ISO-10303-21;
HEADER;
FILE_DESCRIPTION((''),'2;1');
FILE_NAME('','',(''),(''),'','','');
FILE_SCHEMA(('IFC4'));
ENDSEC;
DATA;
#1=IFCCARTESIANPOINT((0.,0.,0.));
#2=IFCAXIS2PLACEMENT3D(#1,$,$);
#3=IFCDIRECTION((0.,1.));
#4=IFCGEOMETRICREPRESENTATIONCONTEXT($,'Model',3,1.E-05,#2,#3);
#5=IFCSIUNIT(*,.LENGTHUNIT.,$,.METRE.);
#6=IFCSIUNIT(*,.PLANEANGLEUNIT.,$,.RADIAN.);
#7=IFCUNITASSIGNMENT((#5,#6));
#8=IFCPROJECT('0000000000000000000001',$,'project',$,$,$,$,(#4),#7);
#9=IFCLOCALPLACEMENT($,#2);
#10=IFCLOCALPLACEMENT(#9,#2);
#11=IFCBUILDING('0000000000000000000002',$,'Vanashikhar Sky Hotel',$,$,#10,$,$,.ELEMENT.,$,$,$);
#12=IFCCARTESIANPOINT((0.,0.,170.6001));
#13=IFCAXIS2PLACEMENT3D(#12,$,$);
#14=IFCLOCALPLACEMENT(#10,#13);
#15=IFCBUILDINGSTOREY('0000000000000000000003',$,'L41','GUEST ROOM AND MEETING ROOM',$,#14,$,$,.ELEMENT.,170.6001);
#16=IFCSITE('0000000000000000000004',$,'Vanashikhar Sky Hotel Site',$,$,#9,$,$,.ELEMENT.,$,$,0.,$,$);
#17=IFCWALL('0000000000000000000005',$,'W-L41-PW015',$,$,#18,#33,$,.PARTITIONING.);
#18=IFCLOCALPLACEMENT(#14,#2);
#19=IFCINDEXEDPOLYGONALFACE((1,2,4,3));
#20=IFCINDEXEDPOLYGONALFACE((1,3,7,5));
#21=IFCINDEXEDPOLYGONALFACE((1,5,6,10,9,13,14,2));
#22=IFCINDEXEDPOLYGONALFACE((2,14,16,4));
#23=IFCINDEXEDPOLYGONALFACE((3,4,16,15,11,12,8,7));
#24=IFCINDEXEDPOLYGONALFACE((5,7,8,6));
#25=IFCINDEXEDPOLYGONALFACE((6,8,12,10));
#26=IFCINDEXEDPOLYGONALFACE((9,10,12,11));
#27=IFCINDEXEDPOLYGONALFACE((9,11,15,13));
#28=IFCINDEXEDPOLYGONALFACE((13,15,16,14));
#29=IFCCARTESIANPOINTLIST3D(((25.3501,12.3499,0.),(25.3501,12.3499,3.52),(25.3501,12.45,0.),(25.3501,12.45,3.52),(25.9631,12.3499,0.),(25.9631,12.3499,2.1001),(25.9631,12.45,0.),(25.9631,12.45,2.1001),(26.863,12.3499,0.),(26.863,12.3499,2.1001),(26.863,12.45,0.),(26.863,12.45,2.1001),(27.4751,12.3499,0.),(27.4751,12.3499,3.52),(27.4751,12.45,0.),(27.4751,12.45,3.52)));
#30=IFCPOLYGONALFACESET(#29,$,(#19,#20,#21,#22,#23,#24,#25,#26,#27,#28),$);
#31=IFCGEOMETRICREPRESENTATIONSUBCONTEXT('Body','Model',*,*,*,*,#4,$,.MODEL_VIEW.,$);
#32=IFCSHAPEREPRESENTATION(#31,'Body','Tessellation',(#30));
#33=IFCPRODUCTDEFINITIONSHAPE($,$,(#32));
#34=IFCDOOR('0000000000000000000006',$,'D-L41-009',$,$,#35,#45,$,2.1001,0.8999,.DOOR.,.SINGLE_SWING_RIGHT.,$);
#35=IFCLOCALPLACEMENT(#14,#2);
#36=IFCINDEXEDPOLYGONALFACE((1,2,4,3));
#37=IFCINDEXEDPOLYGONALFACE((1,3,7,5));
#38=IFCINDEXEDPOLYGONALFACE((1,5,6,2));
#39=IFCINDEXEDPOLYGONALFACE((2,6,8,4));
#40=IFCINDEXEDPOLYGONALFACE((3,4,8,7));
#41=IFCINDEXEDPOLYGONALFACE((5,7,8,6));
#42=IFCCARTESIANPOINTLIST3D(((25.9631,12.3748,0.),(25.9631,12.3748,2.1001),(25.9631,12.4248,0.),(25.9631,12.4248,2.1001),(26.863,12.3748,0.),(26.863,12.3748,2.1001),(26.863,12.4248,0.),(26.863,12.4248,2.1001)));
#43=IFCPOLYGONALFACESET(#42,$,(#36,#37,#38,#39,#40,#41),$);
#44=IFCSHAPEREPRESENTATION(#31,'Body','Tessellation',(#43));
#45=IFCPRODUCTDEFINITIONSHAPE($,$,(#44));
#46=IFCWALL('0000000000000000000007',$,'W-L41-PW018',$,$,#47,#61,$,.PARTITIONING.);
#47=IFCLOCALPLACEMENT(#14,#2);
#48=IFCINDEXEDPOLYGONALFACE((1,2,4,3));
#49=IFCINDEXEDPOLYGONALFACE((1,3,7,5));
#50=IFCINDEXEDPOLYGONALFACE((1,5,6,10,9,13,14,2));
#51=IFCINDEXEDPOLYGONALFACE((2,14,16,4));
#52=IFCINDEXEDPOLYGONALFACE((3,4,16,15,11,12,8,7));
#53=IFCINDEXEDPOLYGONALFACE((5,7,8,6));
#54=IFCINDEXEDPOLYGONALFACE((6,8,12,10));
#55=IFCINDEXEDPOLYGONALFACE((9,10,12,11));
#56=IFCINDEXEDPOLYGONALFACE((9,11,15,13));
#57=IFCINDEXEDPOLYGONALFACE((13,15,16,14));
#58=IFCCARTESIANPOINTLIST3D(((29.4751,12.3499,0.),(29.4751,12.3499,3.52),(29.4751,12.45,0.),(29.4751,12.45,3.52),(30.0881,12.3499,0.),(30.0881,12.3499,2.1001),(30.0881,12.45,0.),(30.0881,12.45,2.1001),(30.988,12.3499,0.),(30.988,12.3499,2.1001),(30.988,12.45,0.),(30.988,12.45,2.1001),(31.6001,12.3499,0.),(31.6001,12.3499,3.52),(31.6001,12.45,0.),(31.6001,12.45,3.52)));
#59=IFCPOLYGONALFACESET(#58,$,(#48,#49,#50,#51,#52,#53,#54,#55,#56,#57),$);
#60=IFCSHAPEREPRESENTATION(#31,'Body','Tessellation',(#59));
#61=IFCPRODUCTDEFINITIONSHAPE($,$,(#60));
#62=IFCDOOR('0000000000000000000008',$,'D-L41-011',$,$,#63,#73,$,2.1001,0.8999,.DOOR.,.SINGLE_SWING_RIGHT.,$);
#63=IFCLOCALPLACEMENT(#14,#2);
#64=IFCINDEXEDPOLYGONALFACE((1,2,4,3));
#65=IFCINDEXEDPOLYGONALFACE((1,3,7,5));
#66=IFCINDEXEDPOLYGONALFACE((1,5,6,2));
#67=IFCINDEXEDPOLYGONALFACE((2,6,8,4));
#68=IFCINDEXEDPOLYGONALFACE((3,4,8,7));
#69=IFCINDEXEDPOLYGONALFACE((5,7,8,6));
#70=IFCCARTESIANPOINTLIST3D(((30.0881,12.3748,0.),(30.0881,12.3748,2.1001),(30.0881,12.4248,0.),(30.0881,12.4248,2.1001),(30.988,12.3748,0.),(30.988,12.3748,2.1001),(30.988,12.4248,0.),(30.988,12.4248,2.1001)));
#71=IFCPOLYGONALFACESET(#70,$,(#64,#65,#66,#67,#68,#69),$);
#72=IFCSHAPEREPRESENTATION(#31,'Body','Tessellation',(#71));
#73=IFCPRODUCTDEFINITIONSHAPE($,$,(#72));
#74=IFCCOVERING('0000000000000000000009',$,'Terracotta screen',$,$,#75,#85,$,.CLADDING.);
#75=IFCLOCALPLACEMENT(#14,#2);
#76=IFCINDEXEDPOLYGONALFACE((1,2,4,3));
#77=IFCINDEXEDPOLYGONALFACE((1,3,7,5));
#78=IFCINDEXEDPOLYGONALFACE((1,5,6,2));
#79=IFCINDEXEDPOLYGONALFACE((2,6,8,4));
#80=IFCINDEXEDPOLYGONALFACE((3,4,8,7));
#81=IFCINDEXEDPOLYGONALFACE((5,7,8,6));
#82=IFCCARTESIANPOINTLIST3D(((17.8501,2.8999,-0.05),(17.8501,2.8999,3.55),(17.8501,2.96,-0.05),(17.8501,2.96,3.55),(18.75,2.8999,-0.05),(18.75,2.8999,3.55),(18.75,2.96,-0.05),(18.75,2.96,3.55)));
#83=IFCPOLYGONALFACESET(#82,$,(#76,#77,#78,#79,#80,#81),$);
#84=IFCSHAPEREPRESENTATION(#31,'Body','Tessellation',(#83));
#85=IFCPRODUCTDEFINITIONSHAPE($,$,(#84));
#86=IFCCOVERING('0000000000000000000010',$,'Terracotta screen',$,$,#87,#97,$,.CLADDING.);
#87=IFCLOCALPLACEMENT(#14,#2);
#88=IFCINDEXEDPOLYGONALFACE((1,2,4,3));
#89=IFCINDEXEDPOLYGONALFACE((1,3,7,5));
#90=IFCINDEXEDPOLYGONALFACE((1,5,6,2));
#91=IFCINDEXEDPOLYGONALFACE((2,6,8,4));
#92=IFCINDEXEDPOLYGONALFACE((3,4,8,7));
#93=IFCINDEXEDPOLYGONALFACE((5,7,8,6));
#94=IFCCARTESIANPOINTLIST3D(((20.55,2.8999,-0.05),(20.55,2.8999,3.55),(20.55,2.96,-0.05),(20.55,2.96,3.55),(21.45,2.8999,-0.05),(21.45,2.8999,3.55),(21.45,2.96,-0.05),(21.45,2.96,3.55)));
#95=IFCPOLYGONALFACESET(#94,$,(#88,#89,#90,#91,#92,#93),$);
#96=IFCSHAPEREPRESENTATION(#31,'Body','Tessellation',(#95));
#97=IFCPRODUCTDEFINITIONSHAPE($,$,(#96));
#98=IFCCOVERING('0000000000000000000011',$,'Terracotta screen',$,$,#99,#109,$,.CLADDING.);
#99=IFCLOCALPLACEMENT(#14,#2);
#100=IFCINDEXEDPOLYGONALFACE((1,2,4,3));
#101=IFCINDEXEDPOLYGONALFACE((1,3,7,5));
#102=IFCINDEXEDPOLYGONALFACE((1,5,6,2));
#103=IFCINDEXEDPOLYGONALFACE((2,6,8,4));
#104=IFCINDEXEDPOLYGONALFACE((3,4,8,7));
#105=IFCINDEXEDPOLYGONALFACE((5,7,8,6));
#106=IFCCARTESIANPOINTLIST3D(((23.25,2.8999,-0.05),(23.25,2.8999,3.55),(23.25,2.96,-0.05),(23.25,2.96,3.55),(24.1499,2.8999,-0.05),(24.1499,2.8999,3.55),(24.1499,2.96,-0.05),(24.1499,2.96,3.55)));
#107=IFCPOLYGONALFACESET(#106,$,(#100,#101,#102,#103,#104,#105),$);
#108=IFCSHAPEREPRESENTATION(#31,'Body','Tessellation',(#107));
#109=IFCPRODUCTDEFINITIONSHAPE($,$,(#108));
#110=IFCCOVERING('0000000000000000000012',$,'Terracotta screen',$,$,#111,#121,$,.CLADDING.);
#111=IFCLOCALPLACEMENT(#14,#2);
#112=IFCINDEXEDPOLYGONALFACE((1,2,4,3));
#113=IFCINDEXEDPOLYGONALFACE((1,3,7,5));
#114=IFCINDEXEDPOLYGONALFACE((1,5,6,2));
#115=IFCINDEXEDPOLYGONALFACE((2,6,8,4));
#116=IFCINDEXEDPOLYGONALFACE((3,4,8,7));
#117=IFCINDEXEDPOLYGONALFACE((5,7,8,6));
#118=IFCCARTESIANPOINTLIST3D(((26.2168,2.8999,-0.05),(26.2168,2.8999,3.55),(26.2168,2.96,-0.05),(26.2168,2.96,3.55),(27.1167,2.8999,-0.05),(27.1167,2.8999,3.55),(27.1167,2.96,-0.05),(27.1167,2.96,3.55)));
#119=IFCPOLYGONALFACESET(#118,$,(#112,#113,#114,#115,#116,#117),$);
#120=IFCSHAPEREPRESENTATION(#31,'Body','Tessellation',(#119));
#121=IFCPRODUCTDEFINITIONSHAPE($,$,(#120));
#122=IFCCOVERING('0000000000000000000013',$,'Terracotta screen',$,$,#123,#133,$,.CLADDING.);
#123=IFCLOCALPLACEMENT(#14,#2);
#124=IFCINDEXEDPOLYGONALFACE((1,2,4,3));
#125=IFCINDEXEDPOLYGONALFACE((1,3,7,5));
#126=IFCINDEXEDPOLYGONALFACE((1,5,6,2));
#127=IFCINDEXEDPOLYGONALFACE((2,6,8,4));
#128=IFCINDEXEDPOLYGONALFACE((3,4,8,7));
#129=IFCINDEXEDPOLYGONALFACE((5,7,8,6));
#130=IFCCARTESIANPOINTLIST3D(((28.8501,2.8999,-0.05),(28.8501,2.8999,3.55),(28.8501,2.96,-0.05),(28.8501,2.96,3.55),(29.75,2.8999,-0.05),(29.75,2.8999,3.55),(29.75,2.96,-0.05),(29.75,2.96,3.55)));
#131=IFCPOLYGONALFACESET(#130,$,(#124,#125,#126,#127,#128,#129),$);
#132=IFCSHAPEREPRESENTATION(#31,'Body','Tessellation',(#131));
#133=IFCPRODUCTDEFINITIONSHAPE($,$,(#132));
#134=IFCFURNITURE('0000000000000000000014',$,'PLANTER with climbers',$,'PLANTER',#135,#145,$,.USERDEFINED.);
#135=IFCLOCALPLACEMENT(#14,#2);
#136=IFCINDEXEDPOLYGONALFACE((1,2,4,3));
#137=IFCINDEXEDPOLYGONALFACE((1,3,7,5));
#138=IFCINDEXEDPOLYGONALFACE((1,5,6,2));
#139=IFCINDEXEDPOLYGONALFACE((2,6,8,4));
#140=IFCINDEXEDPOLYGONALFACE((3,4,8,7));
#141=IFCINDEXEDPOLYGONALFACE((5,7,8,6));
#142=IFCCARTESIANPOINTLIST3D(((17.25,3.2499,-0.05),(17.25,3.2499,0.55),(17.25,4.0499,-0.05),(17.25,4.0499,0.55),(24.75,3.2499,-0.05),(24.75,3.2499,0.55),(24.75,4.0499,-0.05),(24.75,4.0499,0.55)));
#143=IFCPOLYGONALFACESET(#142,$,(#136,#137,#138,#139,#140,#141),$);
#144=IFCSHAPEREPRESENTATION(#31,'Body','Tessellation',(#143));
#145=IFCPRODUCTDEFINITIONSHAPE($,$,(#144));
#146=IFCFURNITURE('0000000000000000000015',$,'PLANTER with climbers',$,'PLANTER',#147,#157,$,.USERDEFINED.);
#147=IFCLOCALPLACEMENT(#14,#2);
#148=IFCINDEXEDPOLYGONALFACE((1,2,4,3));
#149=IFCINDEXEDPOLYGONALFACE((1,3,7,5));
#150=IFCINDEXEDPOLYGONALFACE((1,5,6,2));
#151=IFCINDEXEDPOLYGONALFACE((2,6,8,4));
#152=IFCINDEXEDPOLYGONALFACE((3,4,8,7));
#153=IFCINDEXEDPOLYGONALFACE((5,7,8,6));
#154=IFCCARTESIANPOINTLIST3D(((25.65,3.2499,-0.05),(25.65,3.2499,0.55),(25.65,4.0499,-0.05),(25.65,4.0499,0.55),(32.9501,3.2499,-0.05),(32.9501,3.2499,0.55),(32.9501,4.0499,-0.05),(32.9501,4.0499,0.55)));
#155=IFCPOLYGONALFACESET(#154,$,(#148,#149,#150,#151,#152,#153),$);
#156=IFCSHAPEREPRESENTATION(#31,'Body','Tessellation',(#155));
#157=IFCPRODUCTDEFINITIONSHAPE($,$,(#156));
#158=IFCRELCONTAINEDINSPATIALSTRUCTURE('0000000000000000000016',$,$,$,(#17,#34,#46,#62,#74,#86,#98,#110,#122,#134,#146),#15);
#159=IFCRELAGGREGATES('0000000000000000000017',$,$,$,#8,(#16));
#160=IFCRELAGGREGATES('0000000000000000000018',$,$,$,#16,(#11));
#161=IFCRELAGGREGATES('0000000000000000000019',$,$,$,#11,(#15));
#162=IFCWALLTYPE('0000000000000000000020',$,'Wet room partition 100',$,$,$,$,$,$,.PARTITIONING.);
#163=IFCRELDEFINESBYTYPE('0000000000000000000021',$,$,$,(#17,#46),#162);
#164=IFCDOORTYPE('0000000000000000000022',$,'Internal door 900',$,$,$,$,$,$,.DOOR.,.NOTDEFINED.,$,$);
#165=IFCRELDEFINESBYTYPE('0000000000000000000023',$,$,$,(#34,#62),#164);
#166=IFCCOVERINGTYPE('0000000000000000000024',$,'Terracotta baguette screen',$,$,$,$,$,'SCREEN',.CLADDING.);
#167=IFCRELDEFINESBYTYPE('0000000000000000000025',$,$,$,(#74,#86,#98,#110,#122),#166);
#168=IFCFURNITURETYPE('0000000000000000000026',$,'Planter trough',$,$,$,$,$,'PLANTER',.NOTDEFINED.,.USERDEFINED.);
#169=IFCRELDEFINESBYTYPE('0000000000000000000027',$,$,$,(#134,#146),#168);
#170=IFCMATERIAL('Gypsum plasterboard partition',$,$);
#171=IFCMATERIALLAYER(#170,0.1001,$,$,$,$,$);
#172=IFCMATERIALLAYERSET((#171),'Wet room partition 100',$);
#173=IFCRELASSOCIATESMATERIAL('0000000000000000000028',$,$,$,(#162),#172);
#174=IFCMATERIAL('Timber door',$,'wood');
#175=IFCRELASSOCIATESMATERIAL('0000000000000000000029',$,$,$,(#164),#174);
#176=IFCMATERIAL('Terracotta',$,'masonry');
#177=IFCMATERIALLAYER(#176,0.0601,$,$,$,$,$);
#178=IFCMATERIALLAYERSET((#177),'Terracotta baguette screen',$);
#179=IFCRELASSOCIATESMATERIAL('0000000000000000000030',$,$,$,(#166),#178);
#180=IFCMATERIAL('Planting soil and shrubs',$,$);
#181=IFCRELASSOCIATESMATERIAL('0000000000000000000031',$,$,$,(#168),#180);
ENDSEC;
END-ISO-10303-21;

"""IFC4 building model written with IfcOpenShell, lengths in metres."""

from ifc_helpers import new_model, si_unit, direction, frame, frame_2d, origin, origin_2d, place, context, subcontext, project, spatial, rectangle, extrude, source, transform, mapped, material, layer, layer_set, type_object, element, fill, save


model = new_model("IFC4")

# Units and contexts
model_context = context("Model", 3, precision=1e-05, world=origin(), true_north=direction((0.0, 1.0)))
body_context = subcontext(model_context, "Body", "Model", "MODEL_VIEW")
ifc_project = project(units=[si_unit("LENGTHUNIT", "METRE"), si_unit("PLANEANGLEUNIT", "RADIAN")], contexts=[model_context])

# Site, building, storey
site_placement = place(None, origin())
site = spatial("IfcSite", under=ifc_project, at=site_placement, Name="Vanashikhar Sky Hotel Site", CompositionType="ELEMENT", RefElevation=0.0)
building_placement = place(site_placement, origin())
building = spatial("IfcBuilding", under=site, at=building_placement, Name="Vanashikhar Sky Hotel", CompositionType="ELEMENT")
storey_placement = place(building_placement, frame((0.0, 0.0, 170.6001)))
storey = spatial("IfcBuildingStorey", under=building, at=storey_placement, Name="L41", Description="GUEST ROOM AND MEETING ROOM", CompositionType="ELEMENT", Elevation=170.6001)

# Shared definitions
ifc_material_1 = material(Name="Gypsum plasterboard partition")
ifc_layer_1 = layer(ifc_material_1, 0.1001)
ifc_layer_set_1 = layer_set([ifc_layer_1], Name="Wet room partition 100")
wall_type_1 = type_object("IfcWallType", Name="Wet room partition 100", PredefinedType="PARTITIONING", material=ifc_layer_set_1)

# Shared definitions
shared_shape_1 = source(origin(), body_context, "Body", "SweptSolid", [
    extrude(rectangle(XDim=0.8999, YDim=2.1001, at=frame_2d((0.45, 1.05))), frame((0.0, 0.0601, 0.0), z_axis=(0.0, -1.0, 0.0), x_axis=(1.0, 0.0, 0.0)), (0.0, 0.0, 1.0), 0.1201),
])
ifc_material_2 = material(Name="Timber door", Category="wood")
door_type_1 = type_object("IfcDoorType", Name="Internal door 900", OperationType="NOTDEFINED", PredefinedType="DOOR", material=ifc_material_2)
shared_shape_2 = source(origin(), body_context, "Body", "SweptSolid", [
    extrude(rectangle(XDim=0.8999, YDim=2.1001, at=frame_2d((0.45, 1.05))), frame((0.0, 0.0249, 0.0), z_axis=(0.0, -1.0, 0.0), x_axis=(1.0, 0.0, 0.0)), (0.0, 0.0, 1.0), 0.05),
])

# Walls, openings, doors
shared_shape_3 = source(origin(), body_context, "Body", "SweptSolid", [
    extrude(rectangle(XDim=2.125, YDim=0.1001, at=frame_2d((1.0625, 0.0))), origin(), (0.0, 0.0, 1.0), 3.52),
])
wall_1_placement = place(storey_placement, frame((25.3501, 12.3999, 0.0), z_axis=(0.0, 0.0, 1.0), x_axis=(1.0, 0.0, 0.0)))
wall_1 = element("IfcWall", 1, at=wall_1_placement, inside=storey, type_object=wall_type_1, Name="W-L41-PW015", PredefinedType="PARTITIONING", context=body_context, shape_type="MappedRepresentation", body=[
    mapped(shared_shape_3, transform((0.0, 0.0, 0.0), scale=1.0)),
])
opening_1_placement = place(wall_1_placement, frame((0.613, 0.0, 0.0)))
opening_1 = element("IfcOpeningElement", 2, at=opening_1_placement, cuts=wall_1, PredefinedType="OPENING", context=body_context, shape_type="MappedRepresentation", body=[
    mapped(shared_shape_1, transform((0.0, 0.0, 0.0), scale=1.0)),
])
door_1_placement = place(opening_1_placement, origin())
door_1 = element("IfcDoor", 3, at=door_1_placement, inside=storey, type_object=door_type_1, Name="D-L41-009", OperationType="SINGLE_SWING_RIGHT", OverallHeight=2.1001, OverallWidth=0.8999, PredefinedType="DOOR", context=body_context, shape_type="MappedRepresentation", body=[
    mapped(shared_shape_2, transform((0.0, 0.0, 0.0), scale=1.0)),
])
fill(opening_1, door_1)
wall_2_placement = place(storey_placement, frame((29.4751, 12.3999, 0.0), z_axis=(0.0, 0.0, 1.0), x_axis=(1.0, 0.0, 0.0)))
wall_2 = element("IfcWall", 4, at=wall_2_placement, inside=storey, type_object=wall_type_1, Name="W-L41-PW018", PredefinedType="PARTITIONING", context=body_context, shape_type="MappedRepresentation", body=[
    mapped(shared_shape_3, transform((0.0, 0.0, 0.0), scale=1.0)),
])
opening_2_placement = place(wall_2_placement, frame((0.613, 0.0, 0.0)))
opening_2 = element("IfcOpeningElement", 5, at=opening_2_placement, cuts=wall_2, PredefinedType="OPENING", context=body_context, shape_type="MappedRepresentation", body=[
    mapped(shared_shape_1, transform((0.0, 0.0, 0.0), scale=1.0)),
])
door_2_placement = place(opening_2_placement, origin())
door_2 = element("IfcDoor", 6, at=door_2_placement, inside=storey, type_object=door_type_1, Name="D-L41-011", OperationType="SINGLE_SWING_RIGHT", OverallHeight=2.1001, OverallWidth=0.8999, PredefinedType="DOOR", context=body_context, shape_type="MappedRepresentation", body=[
    mapped(shared_shape_2, transform((0.0, 0.0, 0.0), scale=1.0)),
])
fill(opening_2, door_2)

# Coverings
ifc_material_3 = material(Name="Terracotta", Category="masonry")
ifc_layer_2 = layer(ifc_material_3, 0.0601)
ifc_layer_set_2 = layer_set([ifc_layer_2], Name="Terracotta baguette screen")
covering_type = type_object("IfcCoveringType", Name="Terracotta baguette screen", ElementType="SCREEN", PredefinedType="CLADDING", material=ifc_layer_set_2)
shared_shape_4 = source(origin(), body_context, "Body", "SweptSolid", [
    extrude(rectangle(XDim=0.8999, YDim=0.0601, at=origin_2d()), origin(), (0.0, 0.0, 1.0), 3.6001),
])
for number, where, z_axis, x_axis, name in (
    (7, (18.3, 2.9299, -0.05), (0.0, 0.0, 1.0), (1.0, 0.0, 0.0), "Terracotta screen"),
    (8, (21.0, 2.9299, -0.05), (0.0, 0.0, 1.0), (1.0, 0.0, 0.0), "Terracotta screen"),
    (9, (23.7, 2.9299, -0.05), (0.0, 0.0, 1.0), (1.0, 0.0, 0.0), "Terracotta screen"),
    (10, (26.6667, 2.9299, -0.05), (0.0, 0.0, 1.0), (1.0, 0.0, 0.0), "Terracotta screen"),
    (11, (29.3, 2.9299, -0.05), (0.0, 0.0, 1.0), (1.0, 0.0, 0.0), "Terracotta screen"),
):
    element("IfcCovering", number, at=place(storey_placement, frame(where, z_axis=z_axis, x_axis=x_axis)), inside=storey, type_object=covering_type, Name=name, PredefinedType="CLADDING", context=body_context, shape_type="MappedRepresentation", body=[
        mapped(shared_shape_4, transform((0.0, 0.0, 0.0), scale=1.0)),
    ])

# Furniture
ifc_material_4 = material(Name="Planting soil and shrubs")
furniture_type = type_object("IfcFurnitureType", Name="Planter trough", ElementType="PLANTER", AssemblyPlace="NOTDEFINED", PredefinedType="USERDEFINED", material=ifc_material_4)
shared_shape_5 = source(origin(), body_context, "Body", "SweptSolid", [
    extrude(rectangle(XDim=7.5, YDim=0.8, at=origin_2d()), origin(), (0.0, 0.0, 1.0), 0.6001),
])
furniture_1_placement = place(storey_placement, frame((21.0, 3.6499, -0.05), z_axis=(0.0, 0.0, 1.0), x_axis=(1.0, 0.0, 0.0)))
element("IfcFurniture", 12, at=furniture_1_placement, inside=storey, type_object=furniture_type, Name="PLANTER with climbers", ObjectType="PLANTER", PredefinedType="USERDEFINED", context=body_context, shape_type="MappedRepresentation", body=[
    mapped(shared_shape_5, transform((0.0, 0.0, 0.0), scale=1.0)),
])
shared_shape_6 = source(origin(), body_context, "Body", "SweptSolid", [
    extrude(rectangle(XDim=7.3, YDim=0.8, at=origin_2d()), origin(), (0.0, 0.0, 1.0), 0.6001),
])
furniture_2_placement = place(storey_placement, frame((29.3, 3.6499, -0.05), z_axis=(0.0, 0.0, 1.0), x_axis=(1.0, 0.0, 0.0)))
element("IfcFurniture", 13, at=furniture_2_placement, inside=storey, type_object=furniture_type, Name="PLANTER with climbers", ObjectType="PLANTER", PredefinedType="USERDEFINED", context=body_context, shape_type="MappedRepresentation", body=[
    mapped(shared_shape_6, transform((0.0, 0.0, 0.0), scale=1.0)),
])

save(model, "model.ifc")
